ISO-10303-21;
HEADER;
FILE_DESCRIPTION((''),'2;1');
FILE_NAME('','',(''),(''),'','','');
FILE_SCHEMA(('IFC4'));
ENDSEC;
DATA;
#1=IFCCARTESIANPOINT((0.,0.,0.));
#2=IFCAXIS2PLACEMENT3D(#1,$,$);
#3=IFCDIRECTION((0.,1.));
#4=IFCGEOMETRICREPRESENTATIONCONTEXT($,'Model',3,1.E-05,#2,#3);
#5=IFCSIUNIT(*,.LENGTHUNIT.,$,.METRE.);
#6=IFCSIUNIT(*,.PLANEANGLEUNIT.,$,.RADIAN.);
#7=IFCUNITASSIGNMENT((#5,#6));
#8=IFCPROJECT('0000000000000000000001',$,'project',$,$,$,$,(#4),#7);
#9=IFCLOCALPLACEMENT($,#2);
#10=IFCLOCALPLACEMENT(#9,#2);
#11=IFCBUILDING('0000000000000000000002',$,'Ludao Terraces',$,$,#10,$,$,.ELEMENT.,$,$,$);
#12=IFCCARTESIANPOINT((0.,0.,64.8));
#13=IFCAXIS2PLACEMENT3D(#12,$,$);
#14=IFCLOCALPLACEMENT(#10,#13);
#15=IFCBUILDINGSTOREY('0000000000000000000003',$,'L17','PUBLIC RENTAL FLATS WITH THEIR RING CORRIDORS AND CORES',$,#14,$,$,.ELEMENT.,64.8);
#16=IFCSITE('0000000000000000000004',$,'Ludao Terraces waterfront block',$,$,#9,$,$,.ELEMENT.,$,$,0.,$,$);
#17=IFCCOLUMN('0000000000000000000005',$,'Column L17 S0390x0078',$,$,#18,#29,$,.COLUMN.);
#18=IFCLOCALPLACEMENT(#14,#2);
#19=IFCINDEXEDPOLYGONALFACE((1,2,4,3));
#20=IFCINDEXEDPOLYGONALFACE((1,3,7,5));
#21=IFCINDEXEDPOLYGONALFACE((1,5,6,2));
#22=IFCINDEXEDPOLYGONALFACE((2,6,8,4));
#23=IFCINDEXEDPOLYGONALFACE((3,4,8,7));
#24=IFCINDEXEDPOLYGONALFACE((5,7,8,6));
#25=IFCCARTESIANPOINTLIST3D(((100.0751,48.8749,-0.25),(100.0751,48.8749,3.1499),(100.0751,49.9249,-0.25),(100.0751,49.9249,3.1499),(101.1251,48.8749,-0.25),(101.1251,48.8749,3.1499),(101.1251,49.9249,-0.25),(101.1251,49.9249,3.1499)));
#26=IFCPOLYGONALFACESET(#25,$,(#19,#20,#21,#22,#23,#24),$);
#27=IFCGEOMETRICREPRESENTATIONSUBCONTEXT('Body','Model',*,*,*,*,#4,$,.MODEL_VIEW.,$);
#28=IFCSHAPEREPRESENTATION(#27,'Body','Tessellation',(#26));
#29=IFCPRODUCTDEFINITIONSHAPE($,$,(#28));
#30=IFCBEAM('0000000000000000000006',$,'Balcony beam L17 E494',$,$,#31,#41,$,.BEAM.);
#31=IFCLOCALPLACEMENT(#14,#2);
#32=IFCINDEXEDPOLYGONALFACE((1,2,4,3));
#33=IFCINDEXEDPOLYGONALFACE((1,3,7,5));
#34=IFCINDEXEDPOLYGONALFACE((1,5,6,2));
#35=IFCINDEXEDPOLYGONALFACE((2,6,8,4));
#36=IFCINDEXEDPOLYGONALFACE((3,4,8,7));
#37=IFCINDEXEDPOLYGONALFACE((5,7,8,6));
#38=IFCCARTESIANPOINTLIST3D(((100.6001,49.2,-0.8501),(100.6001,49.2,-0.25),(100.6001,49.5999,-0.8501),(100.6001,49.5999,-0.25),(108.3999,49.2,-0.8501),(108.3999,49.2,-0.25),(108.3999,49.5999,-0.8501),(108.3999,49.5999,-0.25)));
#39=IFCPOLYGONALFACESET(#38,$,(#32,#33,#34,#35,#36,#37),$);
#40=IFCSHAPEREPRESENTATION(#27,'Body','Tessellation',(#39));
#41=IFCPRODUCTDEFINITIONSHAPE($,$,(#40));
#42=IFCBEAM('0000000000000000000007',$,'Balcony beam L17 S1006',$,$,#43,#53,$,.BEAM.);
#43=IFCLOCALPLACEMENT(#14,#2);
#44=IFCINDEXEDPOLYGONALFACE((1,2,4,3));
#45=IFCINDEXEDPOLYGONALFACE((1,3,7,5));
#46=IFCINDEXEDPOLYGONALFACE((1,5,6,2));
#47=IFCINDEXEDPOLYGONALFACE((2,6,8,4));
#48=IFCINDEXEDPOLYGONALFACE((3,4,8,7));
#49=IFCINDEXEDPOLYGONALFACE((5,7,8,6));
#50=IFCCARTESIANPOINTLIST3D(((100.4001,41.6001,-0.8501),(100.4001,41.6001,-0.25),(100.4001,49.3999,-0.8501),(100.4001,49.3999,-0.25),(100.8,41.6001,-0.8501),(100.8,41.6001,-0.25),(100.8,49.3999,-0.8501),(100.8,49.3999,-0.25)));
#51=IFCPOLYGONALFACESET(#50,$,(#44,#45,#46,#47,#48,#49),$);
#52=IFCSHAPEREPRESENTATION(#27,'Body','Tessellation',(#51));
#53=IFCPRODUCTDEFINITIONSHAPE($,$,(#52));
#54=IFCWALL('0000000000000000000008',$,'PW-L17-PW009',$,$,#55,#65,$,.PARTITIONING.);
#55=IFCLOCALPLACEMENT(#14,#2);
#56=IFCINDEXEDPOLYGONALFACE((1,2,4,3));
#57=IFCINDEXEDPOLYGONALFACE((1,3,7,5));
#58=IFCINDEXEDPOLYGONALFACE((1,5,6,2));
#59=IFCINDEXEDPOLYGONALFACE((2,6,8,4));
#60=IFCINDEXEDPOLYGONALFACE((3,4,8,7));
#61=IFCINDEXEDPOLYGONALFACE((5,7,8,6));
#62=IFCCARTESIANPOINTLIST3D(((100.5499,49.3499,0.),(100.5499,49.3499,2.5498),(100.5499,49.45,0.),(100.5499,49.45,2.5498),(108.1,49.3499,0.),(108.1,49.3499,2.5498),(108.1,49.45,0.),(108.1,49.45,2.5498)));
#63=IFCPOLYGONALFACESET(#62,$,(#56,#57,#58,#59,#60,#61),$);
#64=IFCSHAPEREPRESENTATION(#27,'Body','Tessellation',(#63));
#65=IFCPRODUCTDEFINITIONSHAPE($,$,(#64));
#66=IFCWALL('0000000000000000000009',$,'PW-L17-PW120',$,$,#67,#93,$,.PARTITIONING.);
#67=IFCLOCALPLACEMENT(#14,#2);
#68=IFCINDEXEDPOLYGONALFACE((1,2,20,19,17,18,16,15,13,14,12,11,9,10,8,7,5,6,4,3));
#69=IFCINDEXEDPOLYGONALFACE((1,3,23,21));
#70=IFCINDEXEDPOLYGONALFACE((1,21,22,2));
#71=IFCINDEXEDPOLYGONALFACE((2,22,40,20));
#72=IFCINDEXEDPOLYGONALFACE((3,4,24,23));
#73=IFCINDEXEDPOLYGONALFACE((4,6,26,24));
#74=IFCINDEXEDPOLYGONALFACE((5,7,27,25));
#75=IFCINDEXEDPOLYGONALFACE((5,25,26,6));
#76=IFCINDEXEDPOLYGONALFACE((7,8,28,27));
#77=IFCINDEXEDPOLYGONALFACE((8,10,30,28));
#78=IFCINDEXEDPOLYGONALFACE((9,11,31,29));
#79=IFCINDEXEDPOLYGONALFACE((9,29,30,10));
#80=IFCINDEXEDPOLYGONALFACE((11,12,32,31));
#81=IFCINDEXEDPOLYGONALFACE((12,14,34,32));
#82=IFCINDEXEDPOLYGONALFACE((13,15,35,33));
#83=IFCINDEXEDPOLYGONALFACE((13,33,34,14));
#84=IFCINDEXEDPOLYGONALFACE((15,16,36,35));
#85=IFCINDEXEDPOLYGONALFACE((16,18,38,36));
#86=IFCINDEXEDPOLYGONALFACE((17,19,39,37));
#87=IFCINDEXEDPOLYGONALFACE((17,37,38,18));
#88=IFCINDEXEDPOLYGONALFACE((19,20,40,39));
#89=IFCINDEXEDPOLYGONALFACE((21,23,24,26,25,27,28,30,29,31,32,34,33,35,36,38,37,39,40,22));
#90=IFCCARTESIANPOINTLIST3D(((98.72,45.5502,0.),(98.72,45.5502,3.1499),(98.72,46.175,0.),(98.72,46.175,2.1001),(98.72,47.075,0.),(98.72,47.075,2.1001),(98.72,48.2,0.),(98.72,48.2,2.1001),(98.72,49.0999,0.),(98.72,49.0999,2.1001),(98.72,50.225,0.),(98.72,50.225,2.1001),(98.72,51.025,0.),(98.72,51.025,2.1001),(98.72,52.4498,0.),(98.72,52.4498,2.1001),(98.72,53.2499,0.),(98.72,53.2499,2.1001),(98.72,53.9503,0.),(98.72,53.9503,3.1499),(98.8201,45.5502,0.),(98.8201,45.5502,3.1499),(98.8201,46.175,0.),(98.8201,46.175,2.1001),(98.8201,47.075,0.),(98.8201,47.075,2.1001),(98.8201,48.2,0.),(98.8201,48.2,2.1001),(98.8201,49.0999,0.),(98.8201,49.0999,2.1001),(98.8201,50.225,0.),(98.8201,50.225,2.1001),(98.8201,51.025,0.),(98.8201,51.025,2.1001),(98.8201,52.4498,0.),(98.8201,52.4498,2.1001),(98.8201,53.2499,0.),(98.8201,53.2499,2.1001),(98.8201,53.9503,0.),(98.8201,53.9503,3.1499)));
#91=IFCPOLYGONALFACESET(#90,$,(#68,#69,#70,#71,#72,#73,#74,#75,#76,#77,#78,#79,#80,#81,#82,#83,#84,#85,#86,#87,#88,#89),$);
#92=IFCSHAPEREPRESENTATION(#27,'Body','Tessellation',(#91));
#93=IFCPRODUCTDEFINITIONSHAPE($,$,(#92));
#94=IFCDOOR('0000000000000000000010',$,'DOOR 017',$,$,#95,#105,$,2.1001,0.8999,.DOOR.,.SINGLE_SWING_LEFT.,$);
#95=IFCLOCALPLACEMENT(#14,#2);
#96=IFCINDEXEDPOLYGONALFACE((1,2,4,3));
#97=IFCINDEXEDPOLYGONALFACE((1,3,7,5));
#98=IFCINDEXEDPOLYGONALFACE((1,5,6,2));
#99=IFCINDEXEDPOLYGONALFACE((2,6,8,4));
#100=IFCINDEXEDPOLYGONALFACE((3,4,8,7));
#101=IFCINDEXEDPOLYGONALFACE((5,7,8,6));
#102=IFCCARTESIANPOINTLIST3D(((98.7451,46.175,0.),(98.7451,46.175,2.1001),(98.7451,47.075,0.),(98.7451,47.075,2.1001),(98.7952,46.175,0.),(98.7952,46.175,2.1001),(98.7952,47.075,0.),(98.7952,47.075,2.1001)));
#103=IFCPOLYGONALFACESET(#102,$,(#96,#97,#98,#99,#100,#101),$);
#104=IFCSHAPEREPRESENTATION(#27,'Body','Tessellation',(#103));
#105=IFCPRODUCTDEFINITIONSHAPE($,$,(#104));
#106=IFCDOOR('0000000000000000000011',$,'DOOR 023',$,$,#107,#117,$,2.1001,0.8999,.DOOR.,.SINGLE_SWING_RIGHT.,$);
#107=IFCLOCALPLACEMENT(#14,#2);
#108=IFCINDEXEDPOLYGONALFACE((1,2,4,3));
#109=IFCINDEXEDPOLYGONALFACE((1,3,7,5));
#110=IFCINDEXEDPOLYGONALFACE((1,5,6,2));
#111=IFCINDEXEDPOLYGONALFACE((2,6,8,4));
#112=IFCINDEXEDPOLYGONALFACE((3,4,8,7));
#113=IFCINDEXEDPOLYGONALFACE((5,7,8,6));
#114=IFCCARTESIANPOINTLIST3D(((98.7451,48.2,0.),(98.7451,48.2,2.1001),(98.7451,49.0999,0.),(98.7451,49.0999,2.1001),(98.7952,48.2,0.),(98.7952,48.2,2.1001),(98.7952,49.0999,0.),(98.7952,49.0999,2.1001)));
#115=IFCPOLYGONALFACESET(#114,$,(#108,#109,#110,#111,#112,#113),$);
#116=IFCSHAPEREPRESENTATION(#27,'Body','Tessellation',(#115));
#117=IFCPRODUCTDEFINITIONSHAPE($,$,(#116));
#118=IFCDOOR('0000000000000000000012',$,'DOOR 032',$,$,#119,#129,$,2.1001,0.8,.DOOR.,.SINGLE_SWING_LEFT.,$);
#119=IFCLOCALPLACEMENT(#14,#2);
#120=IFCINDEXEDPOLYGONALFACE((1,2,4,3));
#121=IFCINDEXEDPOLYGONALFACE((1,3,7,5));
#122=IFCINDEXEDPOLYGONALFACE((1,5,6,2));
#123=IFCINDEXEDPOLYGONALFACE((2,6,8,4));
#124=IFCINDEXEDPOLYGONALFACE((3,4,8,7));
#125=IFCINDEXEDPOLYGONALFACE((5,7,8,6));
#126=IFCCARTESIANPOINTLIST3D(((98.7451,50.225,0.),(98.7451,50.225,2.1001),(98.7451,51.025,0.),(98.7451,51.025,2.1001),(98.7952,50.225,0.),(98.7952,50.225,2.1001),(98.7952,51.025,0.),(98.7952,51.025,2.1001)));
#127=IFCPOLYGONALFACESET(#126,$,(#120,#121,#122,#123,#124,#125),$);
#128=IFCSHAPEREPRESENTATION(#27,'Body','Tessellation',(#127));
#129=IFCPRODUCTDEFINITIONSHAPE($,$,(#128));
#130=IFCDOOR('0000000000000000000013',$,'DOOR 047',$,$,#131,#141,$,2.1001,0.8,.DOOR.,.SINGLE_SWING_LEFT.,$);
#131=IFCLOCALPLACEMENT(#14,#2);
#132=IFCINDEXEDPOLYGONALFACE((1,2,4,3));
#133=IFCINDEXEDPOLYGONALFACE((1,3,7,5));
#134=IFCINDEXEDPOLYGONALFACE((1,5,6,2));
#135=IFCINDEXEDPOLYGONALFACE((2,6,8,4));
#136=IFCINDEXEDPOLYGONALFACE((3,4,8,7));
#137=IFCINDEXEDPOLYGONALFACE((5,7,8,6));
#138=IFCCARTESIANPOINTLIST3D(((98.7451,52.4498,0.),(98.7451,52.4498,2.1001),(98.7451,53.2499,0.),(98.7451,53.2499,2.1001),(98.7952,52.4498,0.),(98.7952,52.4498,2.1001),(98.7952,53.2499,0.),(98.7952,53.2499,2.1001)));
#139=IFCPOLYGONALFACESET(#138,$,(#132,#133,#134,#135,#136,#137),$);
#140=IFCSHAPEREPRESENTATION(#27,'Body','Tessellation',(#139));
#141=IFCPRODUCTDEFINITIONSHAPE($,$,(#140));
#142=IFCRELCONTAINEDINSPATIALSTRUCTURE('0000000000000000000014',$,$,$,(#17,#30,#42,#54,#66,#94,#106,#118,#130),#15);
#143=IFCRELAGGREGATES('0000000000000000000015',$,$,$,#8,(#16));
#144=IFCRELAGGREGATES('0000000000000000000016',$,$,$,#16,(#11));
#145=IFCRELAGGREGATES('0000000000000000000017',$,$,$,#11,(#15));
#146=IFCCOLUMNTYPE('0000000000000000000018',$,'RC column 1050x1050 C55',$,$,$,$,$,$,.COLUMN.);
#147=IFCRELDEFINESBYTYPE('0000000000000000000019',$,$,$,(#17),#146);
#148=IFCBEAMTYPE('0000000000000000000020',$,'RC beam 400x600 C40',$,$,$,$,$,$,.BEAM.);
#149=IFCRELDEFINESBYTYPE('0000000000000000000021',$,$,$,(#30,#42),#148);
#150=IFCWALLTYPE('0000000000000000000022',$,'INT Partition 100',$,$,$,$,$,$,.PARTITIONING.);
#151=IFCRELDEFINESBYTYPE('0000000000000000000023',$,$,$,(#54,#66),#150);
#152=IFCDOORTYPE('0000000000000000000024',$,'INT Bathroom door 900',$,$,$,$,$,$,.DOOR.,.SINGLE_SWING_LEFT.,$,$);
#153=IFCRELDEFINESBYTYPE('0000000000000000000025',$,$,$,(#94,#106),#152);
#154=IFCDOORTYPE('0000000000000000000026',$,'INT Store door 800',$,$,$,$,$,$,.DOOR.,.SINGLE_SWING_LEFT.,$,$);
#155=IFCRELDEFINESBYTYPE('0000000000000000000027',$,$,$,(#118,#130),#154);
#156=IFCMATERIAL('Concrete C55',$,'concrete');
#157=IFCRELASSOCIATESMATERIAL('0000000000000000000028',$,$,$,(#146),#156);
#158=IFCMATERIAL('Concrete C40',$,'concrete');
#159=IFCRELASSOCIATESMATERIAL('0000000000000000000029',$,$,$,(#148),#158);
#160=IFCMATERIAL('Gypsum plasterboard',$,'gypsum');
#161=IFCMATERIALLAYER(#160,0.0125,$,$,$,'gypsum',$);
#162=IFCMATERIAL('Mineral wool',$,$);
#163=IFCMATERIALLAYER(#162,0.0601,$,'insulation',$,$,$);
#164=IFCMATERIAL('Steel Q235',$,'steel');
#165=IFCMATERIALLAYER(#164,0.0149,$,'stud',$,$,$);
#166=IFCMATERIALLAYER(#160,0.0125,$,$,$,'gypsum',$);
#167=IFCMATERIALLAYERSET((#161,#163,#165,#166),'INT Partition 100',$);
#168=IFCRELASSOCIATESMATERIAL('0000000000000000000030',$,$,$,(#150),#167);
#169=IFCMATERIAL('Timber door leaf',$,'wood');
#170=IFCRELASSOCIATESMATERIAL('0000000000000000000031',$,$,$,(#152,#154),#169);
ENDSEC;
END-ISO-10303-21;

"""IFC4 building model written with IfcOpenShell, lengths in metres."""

from ifc_helpers import new_model, si_unit, direction, frame, frame_2d, origin, origin_2d, place, context, subcontext, project, spatial, rectangle, extrude, material, layer, layer_set, material_profile, profile_set, type_object, element, fill, save


model = new_model("IFC4")

# Units and contexts
model_context = context("Model", 3, precision=1e-05, world=origin(), true_north=direction((0.0, 1.0)))
body_context = subcontext(model_context, "Body", "Model", "MODEL_VIEW")
ifc_project = project(units=[si_unit("LENGTHUNIT", "METRE"), si_unit("PLANEANGLEUNIT", "RADIAN")], contexts=[model_context])

# Site, building, storey
site_placement = place(None, origin())
site = spatial("IfcSite", under=ifc_project, at=site_placement, Name="Ludao Terraces waterfront block", CompositionType="ELEMENT", RefElevation=0.0)
building_placement = place(site_placement, origin())
building = spatial("IfcBuilding", under=site, at=building_placement, Name="Ludao Terraces", CompositionType="ELEMENT")
storey_placement = place(building_placement, frame((0.0, 0.0, 64.8)))
storey = spatial("IfcBuildingStorey", under=building, at=storey_placement, Name="L17", Description="PUBLIC RENTAL FLATS WITH THEIR RING CORRIDORS AND CORES", CompositionType="ELEMENT", Elevation=64.8)

# Column
ifc_material_1 = material(Name="Concrete C55", Category="concrete")
ifc_material_profile_1 = material_profile(ifc_material_1, rectangle(XDim=1.05, YDim=1.05, at=origin_2d()), Name="1050 X 1050")
ifc_profile_set_1 = profile_set([ifc_material_profile_1], Name="Concrete C55")
column_type = type_object("IfcColumnType", Name="RC column 1050x1050 C55", PredefinedType="COLUMN", material=ifc_profile_set_1)
column_placement = place(storey_placement, frame((100.6001, 49.3999, -0.25), z_axis=(0.0, 0.0, 1.0), x_axis=(1.0, 0.0, 0.0)))
element("IfcColumn", 1, at=column_placement, inside=storey, type_object=column_type, Name="Column L17 S0390x0078", PredefinedType="COLUMN", context=body_context, shape_type="SweptSolid", body=[
    extrude(rectangle(XDim=1.05, YDim=1.05, at=origin_2d()), origin(), (0.0, 0.0, 1.0), 3.3999),
])

# Beams
ifc_material_2 = material(Name="Concrete C40", Category="concrete")
ifc_material_profile_2 = material_profile(ifc_material_2, rectangle(XDim=0.3999, YDim=0.6001, at=origin_2d()), Name="400 X 600")
ifc_profile_set_2 = profile_set([ifc_material_profile_2], Name="Concrete C40")
beam_type = type_object("IfcBeamType", Name="RC beam 400x600 C40", PredefinedType="BEAM", material=ifc_profile_set_2)
for number, where, z_axis, x_axis, name in (
    (2, (100.6001, 49.3999, -0.55), (1.0, 0.0, 0.0), (0.0, 1.0, 0.0), "Balcony beam L17 E494"),
    (3, (100.6001, 49.3999, -0.55), (0.0, -1.0, 0.0), (1.0, 0.0, 0.0), "Balcony beam L17 S1006"),
):
    element("IfcBeam", number, at=place(storey_placement, frame(where, z_axis=z_axis, x_axis=x_axis)), inside=storey, type_object=beam_type, Name=name, PredefinedType="BEAM", context=body_context, shape_type="SweptSolid", body=[
        extrude(rectangle(XDim=0.3999, YDim=0.6001, at=origin_2d()), origin(), (0.0, 0.0, 1.0), 7.7998),
    ])

# Wall
ifc_material_3 = material(Name="Gypsum plasterboard", Category="gypsum")
ifc_layer_1 = layer(ifc_material_3, 0.0125, Category="gypsum")
ifc_material_4 = material(Name="Mineral wool")
ifc_layer_2 = layer(ifc_material_4, 0.0601, Name="insulation")
ifc_material_5 = material(Name="Steel Q235", Category="steel")
ifc_layer_3 = layer(ifc_material_5, 0.0149, Name="stud")
ifc_layer_4 = layer(ifc_material_3, 0.0125, Category="gypsum")
ifc_layer_set = layer_set([ifc_layer_1, ifc_layer_2, ifc_layer_3, ifc_layer_4], Name="INT Partition 100")
wall_type = type_object("IfcWallType", Name="INT Partition 100", PredefinedType="PARTITIONING", material=ifc_layer_set)
wall_1_placement = place(storey_placement, frame((100.55, 49.3999, 0.0), z_axis=(0.0, 0.0, 1.0), x_axis=(1.0, 0.0, 0.0)))
element("IfcWall", 4, at=wall_1_placement, inside=storey, type_object=wall_type, Name="PW-L17-PW009", PredefinedType="PARTITIONING", context=body_context, shape_type="SweptSolid", body=[
    extrude(rectangle(XDim=7.55, YDim=0.1001, at=frame_2d((3.7749, 0.0))), origin(), (0.0, 0.0, 1.0), 2.5498),
])

# Wall, openings, doors
wall_2_placement = place(storey_placement, frame((98.77, 45.55, 0.0), z_axis=(0.0, 0.0, 1.0), x_axis=(0.0, 1.0, 0.0)))
wall_2 = element("IfcWall", 5, at=wall_2_placement, inside=storey, type_object=wall_type, Name="PW-L17-PW120", PredefinedType="PARTITIONING", context=body_context, shape_type="SweptSolid", body=[
    extrude(rectangle(XDim=8.4001, YDim=0.1001, at=frame_2d((4.2002, 0.0))), origin(), (0.0, 0.0, 1.0), 3.1499),
])
opening_1_placement = place(wall_2_placement, frame((0.625, 0.0, 0.0)))
opening_1 = element("IfcOpeningElement", 6, at=opening_1_placement, cuts=wall_2, PredefinedType="OPENING", context=body_context, shape_type="SweptSolid", body=[
    extrude(rectangle(XDim=0.8999, YDim=2.1001, at=frame_2d((0.45, 1.05))), frame((0.0, 0.0601, 0.0), z_axis=(0.0, -1.0, 0.0), x_axis=(1.0, 0.0, 0.0)), (0.0, 0.0, 1.0), 0.1201),
])
opening_2_placement = place(wall_2_placement, frame((2.6499, 0.0, 0.0)))
opening_2 = element("IfcOpeningElement", 7, at=opening_2_placement, cuts=wall_2, PredefinedType="OPENING", context=body_context, shape_type="SweptSolid", body=[
    extrude(rectangle(XDim=0.8999, YDim=2.1001, at=frame_2d((0.45, 1.05))), frame((0.0, 0.0601, 0.0), z_axis=(0.0, -1.0, 0.0), x_axis=(1.0, 0.0, 0.0)), (0.0, 0.0, 1.0), 0.1201),
])
opening_3_placement = place(wall_2_placement, frame((4.675, 0.0, 0.0)))
opening_3 = element("IfcOpeningElement", 8, at=opening_3_placement, cuts=wall_2, PredefinedType="OPENING", context=body_context, shape_type="SweptSolid", body=[
    extrude(rectangle(XDim=0.8, YDim=2.1001, at=frame_2d((0.3999, 1.05))), frame((0.0, 0.0601, 0.0), z_axis=(0.0, -1.0, 0.0), x_axis=(1.0, 0.0, 0.0)), (0.0, 0.0, 1.0), 0.1201),
])
opening_4_placement = place(wall_2_placement, frame((6.8999, 0.0, 0.0)))
opening_4 = element("IfcOpeningElement", 9, at=opening_4_placement, cuts=wall_2, PredefinedType="OPENING", context=body_context, shape_type="SweptSolid", body=[
    extrude(rectangle(XDim=0.8, YDim=2.1001, at=frame_2d((0.3999, 1.05))), frame((0.0, 0.0601, 0.0), z_axis=(0.0, -1.0, 0.0), x_axis=(1.0, 0.0, 0.0)), (0.0, 0.0, 1.0), 0.1201),
])
ifc_material_6 = material(Name="Timber door leaf", Category="wood")
door_type_1 = type_object("IfcDoorType", Name="INT Bathroom door 900", OperationType="SINGLE_SWING_LEFT", PredefinedType="DOOR", material=ifc_material_6)
door_1_placement = place(opening_1_placement, origin())
door_1 = element("IfcDoor", 10, at=door_1_placement, inside=storey, type_object=door_type_1, Name="DOOR 017", OperationType="SINGLE_SWING_LEFT", OverallHeight=2.1001, OverallWidth=0.8999, PredefinedType="DOOR", context=body_context, shape_type="SweptSolid", body=[
    extrude(rectangle(XDim=0.8999, YDim=2.1001, at=frame_2d((0.45, 1.05))), frame((0.0, 0.0249, 0.0), z_axis=(0.0, -1.0, 0.0), x_axis=(1.0, 0.0, 0.0)), (0.0, 0.0, 1.0), 0.05),
])
fill(opening_1, door_1)
door_2_placement = place(opening_2_placement, origin())
door_2 = element("IfcDoor", 11, at=door_2_placement, inside=storey, type_object=door_type_1, Name="DOOR 023", OperationType="SINGLE_SWING_RIGHT", OverallHeight=2.1001, OverallWidth=0.8999, PredefinedType="DOOR", context=body_context, shape_type="SweptSolid", body=[
    extrude(rectangle(XDim=0.8999, YDim=2.1001, at=frame_2d((0.45, 1.05))), frame((0.0, 0.0249, 0.0), z_axis=(0.0, -1.0, 0.0), x_axis=(1.0, 0.0, 0.0)), (0.0, 0.0, 1.0), 0.05),
])
fill(opening_2, door_2)
door_type_2 = type_object("IfcDoorType", Name="INT Store door 800", OperationType="SINGLE_SWING_LEFT", PredefinedType="DOOR", material=ifc_material_6)
door_3_placement = place(opening_3_placement, origin())
door_3 = element("IfcDoor", 12, at=door_3_placement, inside=storey, type_object=door_type_2, Name="DOOR 032", OperationType="SINGLE_SWING_LEFT", OverallHeight=2.1001, OverallWidth=0.8, PredefinedType="DOOR", context=body_context, shape_type="SweptSolid", body=[
    extrude(rectangle(XDim=0.8, YDim=2.1001, at=frame_2d((0.3999, 1.05))), frame((0.0, 0.0249, 0.0), z_axis=(0.0, -1.0, 0.0), x_axis=(1.0, 0.0, 0.0)), (0.0, 0.0, 1.0), 0.05),
])
fill(opening_3, door_3)
door_4_placement = place(opening_4_placement, origin())
door_4 = element("IfcDoor", 13, at=door_4_placement, inside=storey, type_object=door_type_2, Name="DOOR 047", OperationType="SINGLE_SWING_LEFT", OverallHeight=2.1001, OverallWidth=0.8, PredefinedType="DOOR", context=body_context, shape_type="SweptSolid", body=[
    extrude(rectangle(XDim=0.8, YDim=2.1001, at=frame_2d((0.3999, 1.05))), frame((0.0, 0.0249, 0.0), z_axis=(0.0, -1.0, 0.0), x_axis=(1.0, 0.0, 0.0)), (0.0, 0.0, 1.0), 0.05),
])
fill(opening_4, door_4)

save(model, "model.ifc")
